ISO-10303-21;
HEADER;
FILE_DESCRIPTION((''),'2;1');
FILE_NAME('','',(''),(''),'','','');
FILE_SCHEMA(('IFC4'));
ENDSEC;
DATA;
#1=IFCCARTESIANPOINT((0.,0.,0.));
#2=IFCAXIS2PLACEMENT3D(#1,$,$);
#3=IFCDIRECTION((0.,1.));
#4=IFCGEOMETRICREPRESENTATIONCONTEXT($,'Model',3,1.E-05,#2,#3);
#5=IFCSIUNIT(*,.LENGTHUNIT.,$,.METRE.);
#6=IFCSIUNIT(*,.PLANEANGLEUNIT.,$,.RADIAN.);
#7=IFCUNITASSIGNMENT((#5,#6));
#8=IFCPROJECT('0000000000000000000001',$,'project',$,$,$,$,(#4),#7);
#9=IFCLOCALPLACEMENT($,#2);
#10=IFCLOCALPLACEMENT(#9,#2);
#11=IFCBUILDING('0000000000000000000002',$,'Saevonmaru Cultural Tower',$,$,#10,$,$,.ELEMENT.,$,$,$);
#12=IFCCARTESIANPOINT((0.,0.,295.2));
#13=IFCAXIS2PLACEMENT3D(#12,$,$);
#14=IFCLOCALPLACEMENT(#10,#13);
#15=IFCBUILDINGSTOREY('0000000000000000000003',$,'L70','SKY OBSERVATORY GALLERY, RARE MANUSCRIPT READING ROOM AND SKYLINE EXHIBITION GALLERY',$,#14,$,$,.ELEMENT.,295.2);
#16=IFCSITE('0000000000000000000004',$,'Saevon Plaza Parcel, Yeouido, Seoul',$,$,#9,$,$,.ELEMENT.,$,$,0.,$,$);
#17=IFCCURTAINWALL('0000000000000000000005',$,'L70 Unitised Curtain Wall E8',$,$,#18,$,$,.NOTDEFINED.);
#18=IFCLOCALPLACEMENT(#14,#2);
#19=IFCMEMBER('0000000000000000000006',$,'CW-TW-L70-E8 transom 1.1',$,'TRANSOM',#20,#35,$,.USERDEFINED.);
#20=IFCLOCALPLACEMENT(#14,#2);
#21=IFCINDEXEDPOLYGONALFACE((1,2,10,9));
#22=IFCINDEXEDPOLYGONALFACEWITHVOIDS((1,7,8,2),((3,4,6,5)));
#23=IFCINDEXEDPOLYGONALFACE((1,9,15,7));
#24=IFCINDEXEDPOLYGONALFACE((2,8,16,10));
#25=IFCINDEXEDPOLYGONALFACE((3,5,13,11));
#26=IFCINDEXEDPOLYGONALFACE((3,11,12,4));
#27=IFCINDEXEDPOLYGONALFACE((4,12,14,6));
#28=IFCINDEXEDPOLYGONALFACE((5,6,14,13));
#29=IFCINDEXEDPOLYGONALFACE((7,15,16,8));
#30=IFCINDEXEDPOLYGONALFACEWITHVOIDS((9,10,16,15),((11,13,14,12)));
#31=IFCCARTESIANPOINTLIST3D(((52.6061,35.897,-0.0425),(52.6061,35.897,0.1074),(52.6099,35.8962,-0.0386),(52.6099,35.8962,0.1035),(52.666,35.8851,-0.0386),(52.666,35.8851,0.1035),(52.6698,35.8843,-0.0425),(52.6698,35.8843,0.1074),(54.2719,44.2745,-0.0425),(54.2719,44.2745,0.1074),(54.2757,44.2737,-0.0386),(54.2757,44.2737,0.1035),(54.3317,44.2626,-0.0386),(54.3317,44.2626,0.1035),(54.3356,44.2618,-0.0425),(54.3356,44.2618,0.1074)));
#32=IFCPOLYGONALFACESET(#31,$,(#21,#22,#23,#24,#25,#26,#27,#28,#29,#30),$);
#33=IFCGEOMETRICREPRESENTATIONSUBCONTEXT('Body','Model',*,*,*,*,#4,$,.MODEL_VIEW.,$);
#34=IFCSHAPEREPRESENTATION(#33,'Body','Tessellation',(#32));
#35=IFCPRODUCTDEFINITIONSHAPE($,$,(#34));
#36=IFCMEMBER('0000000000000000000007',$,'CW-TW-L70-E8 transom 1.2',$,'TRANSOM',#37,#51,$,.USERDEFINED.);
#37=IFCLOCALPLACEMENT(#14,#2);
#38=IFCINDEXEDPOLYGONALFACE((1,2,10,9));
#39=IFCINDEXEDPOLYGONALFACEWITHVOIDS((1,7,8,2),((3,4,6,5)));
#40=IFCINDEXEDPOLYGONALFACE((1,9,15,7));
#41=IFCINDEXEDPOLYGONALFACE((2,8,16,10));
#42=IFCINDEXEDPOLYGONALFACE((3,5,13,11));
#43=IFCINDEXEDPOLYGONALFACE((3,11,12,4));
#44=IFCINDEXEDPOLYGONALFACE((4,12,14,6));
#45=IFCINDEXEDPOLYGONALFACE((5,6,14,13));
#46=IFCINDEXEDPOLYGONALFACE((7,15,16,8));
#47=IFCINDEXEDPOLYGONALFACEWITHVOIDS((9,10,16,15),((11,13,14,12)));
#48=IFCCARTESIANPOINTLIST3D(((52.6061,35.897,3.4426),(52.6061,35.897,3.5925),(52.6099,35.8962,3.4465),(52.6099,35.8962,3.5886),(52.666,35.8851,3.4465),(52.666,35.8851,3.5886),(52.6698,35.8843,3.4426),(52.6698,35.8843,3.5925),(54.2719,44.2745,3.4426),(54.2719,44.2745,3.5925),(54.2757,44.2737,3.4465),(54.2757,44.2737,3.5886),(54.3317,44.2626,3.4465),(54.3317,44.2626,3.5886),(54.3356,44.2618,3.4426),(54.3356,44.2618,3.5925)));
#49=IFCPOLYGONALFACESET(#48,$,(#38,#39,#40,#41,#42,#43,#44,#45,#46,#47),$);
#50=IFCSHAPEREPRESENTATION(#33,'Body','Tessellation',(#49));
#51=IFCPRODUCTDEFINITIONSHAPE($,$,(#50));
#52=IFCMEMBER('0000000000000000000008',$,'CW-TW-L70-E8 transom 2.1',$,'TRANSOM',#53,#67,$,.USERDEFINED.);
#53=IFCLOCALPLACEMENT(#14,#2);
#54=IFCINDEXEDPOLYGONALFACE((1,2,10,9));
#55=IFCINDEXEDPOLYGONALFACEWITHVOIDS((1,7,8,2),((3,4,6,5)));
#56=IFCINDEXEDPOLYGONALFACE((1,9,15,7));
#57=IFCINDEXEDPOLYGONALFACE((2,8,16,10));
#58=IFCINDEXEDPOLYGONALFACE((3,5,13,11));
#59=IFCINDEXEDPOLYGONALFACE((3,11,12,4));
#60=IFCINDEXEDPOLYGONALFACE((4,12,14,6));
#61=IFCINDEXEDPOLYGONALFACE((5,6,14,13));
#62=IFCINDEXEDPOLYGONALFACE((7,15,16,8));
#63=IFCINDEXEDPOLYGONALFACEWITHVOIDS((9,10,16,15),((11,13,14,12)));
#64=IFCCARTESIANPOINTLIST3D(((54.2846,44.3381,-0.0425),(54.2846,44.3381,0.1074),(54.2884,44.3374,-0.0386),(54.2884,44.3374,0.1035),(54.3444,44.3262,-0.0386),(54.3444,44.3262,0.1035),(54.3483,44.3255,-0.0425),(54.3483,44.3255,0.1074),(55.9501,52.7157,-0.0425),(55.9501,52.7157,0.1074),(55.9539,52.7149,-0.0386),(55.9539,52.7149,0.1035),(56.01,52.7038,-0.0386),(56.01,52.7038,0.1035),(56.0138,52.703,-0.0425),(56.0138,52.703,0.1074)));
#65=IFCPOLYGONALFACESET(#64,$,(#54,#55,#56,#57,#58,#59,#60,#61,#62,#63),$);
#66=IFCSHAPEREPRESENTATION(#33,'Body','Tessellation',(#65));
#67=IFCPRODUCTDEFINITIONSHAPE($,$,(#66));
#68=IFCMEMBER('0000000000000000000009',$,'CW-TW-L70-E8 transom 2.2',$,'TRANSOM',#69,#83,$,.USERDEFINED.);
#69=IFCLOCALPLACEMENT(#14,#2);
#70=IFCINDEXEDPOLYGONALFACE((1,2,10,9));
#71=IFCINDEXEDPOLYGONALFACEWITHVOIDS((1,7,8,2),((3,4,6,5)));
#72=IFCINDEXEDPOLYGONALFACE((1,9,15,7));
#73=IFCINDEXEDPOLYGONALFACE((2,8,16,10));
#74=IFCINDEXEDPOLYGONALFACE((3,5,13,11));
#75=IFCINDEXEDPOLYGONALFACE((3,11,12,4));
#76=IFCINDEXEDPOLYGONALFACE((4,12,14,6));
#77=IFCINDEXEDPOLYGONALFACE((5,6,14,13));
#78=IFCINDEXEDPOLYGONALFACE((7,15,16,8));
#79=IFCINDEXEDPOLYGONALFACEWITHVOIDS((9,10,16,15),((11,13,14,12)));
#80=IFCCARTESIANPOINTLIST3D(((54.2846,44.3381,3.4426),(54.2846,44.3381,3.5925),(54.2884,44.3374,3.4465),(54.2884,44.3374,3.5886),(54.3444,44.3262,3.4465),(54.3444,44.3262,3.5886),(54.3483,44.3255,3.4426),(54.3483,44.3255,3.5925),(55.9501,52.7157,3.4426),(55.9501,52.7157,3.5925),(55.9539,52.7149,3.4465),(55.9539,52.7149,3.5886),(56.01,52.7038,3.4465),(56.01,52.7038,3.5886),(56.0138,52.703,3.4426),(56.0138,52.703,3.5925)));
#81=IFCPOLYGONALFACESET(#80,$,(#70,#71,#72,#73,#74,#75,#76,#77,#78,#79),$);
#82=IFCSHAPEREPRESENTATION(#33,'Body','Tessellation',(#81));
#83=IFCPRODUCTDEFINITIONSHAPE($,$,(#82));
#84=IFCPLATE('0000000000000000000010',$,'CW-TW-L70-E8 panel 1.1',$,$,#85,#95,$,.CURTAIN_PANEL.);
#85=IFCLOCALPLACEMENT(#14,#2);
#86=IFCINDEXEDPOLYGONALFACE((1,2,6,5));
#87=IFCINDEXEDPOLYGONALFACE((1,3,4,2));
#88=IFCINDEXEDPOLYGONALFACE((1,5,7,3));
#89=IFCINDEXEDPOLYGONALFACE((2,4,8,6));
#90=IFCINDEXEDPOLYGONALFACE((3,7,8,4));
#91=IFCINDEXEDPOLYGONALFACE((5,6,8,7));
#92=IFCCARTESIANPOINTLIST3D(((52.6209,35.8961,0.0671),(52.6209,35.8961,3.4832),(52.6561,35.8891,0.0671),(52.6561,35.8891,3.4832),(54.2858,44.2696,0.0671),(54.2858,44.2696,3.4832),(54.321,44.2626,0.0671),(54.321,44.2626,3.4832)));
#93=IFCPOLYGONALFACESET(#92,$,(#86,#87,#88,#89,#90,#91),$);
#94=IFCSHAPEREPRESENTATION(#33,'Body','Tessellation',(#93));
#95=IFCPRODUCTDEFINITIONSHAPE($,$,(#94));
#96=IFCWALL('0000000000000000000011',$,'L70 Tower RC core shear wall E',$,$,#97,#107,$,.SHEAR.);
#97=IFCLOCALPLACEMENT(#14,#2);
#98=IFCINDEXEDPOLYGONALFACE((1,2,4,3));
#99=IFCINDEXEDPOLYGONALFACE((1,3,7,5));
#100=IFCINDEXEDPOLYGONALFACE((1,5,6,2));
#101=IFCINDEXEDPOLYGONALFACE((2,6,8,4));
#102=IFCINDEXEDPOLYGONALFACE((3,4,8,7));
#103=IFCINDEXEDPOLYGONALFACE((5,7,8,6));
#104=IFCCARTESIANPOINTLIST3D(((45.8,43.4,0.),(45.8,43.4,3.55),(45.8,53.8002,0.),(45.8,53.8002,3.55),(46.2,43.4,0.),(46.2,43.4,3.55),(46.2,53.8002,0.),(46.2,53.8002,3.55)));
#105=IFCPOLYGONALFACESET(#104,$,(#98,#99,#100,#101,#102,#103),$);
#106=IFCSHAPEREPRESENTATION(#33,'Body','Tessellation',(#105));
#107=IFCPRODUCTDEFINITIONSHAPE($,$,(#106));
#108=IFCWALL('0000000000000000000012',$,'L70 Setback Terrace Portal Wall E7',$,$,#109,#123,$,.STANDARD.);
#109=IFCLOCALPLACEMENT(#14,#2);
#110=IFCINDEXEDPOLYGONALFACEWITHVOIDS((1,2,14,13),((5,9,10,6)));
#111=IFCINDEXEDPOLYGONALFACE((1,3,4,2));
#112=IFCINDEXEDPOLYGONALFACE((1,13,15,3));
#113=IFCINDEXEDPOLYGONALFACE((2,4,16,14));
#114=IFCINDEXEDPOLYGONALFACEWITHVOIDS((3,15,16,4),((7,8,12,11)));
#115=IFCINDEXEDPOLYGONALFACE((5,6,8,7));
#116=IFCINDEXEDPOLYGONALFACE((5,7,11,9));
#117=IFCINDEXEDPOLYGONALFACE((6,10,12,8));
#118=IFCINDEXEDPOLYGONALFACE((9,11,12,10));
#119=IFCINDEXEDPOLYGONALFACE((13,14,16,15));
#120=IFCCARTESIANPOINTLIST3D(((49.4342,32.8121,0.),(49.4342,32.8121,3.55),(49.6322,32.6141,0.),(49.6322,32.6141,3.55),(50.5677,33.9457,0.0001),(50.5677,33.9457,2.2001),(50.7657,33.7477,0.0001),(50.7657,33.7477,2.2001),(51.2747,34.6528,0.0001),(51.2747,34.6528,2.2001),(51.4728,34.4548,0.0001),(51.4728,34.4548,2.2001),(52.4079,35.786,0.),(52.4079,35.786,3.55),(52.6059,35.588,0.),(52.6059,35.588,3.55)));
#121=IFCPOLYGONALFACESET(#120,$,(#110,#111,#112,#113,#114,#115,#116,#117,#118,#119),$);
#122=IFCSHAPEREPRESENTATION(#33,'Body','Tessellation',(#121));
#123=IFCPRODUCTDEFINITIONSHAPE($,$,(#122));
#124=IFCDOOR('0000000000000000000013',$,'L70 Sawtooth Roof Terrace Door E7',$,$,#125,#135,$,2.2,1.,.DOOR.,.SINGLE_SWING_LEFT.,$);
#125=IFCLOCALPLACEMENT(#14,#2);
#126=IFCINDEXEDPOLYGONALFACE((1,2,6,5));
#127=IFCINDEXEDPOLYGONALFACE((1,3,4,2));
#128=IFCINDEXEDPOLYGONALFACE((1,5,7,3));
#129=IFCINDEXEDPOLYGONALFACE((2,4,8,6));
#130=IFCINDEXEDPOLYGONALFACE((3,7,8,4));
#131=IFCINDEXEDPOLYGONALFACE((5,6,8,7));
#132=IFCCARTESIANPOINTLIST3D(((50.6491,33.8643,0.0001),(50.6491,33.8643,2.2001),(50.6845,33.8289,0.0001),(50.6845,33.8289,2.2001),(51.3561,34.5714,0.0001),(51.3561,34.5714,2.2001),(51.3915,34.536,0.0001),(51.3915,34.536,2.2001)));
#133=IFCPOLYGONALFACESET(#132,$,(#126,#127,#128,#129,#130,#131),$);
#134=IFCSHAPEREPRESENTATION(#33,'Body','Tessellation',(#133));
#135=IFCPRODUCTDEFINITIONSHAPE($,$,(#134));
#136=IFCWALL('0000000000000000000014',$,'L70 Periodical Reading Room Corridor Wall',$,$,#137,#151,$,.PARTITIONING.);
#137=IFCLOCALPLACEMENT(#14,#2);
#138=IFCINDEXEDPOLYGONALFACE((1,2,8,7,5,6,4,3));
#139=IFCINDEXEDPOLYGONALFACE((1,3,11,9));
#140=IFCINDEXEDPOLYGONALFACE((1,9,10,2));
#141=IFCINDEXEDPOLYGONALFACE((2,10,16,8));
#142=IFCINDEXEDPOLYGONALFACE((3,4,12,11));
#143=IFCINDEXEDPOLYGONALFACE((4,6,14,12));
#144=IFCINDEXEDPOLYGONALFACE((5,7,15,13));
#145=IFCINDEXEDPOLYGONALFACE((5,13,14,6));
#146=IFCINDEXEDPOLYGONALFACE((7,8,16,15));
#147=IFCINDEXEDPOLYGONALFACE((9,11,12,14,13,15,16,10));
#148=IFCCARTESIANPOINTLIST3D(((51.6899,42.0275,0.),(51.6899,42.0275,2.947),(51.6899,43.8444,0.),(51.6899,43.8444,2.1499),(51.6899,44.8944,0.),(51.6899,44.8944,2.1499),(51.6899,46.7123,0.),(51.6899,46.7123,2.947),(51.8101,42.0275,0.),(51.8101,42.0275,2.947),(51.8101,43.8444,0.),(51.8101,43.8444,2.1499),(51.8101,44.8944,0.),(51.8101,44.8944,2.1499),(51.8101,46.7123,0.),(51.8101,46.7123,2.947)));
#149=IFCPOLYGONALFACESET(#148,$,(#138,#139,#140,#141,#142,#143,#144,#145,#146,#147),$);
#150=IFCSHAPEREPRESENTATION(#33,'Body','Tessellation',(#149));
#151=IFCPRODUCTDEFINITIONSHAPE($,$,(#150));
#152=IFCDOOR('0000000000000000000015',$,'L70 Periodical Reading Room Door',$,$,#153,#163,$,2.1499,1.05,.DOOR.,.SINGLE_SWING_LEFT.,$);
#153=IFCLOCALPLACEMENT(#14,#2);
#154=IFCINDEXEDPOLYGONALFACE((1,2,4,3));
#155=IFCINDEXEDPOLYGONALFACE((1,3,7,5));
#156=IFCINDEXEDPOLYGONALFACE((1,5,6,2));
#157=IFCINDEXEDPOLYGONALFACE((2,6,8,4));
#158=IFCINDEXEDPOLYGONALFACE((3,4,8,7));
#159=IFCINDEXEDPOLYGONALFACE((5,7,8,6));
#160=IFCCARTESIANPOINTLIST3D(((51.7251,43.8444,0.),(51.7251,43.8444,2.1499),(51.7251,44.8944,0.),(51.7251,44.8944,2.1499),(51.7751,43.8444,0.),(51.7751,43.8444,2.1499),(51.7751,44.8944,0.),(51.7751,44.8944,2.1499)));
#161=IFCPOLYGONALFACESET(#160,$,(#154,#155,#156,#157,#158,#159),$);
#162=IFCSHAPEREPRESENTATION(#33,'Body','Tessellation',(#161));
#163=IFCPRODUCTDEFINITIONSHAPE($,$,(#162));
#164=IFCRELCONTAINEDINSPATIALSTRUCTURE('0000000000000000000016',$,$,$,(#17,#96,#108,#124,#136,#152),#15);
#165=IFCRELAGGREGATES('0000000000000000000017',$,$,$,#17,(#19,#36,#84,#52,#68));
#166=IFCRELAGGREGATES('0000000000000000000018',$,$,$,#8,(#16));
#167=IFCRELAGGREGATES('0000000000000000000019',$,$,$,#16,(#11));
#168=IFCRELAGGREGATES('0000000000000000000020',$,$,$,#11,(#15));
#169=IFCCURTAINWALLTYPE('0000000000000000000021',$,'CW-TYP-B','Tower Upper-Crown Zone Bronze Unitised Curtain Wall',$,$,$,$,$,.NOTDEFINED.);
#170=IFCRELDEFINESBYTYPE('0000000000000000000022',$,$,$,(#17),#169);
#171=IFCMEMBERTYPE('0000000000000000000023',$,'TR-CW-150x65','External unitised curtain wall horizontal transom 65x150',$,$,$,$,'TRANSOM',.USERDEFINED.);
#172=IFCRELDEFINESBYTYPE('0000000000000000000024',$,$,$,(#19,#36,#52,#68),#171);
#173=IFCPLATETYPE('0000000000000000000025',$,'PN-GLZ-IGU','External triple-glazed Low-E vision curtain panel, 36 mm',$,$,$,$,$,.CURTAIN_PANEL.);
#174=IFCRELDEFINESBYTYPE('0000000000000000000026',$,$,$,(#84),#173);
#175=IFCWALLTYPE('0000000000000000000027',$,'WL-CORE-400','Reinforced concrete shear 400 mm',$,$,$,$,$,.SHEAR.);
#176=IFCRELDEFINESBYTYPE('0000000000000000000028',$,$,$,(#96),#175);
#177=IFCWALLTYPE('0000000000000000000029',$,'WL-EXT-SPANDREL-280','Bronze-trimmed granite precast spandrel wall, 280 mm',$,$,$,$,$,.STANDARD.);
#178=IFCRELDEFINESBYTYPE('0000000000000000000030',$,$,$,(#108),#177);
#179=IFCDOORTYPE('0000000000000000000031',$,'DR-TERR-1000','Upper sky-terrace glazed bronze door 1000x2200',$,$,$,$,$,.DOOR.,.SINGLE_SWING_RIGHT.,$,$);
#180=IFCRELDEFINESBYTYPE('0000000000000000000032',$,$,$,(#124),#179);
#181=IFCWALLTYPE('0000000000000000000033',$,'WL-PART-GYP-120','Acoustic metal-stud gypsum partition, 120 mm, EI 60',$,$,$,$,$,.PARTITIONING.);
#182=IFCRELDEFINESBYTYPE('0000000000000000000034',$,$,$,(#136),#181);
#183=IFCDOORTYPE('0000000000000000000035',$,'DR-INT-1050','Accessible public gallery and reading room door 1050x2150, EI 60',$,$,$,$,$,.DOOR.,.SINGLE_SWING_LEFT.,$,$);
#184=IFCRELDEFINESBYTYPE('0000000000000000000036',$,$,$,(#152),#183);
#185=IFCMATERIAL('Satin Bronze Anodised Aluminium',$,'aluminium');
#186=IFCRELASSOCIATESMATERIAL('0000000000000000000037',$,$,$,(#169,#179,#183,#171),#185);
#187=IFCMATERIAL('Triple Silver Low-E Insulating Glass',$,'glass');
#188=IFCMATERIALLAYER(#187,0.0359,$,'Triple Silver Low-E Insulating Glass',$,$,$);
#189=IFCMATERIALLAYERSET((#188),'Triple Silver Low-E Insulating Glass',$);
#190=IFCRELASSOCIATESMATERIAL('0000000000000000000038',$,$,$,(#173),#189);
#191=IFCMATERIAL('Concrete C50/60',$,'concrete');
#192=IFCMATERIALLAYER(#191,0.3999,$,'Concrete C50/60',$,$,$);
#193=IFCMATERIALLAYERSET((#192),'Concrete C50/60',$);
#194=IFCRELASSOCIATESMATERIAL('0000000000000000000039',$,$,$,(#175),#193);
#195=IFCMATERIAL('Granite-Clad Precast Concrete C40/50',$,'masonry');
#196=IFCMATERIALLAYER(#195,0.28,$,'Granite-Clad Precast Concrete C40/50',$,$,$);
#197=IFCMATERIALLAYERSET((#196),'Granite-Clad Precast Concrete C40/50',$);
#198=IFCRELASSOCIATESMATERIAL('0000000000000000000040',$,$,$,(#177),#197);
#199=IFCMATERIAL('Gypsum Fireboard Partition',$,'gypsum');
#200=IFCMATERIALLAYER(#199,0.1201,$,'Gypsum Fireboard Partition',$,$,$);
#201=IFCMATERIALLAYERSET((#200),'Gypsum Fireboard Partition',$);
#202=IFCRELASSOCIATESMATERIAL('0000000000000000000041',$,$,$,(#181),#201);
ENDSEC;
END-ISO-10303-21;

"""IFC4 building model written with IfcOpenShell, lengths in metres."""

from ifc_helpers import new_model, si_unit, direction, frame, frame_2d, origin, origin_2d, place, context, subcontext, project, spatial, rectangle, hollow_rectangle, extrude, material, layer, layer_set, material_profile, profile_set, type_object, element, fill, aggregate, save


model = new_model("IFC4")

# Units and contexts
model_context = context("Model", 3, precision=1e-05, world=origin(), true_north=direction((0.0, 1.0)))
body_context = subcontext(model_context, "Body", "Model", "MODEL_VIEW")
ifc_project = project(units=[si_unit("LENGTHUNIT", "METRE"), si_unit("PLANEANGLEUNIT", "RADIAN")], contexts=[model_context])

# Site, building, storey
site_placement = place(None, origin())
site = spatial("IfcSite", under=ifc_project, at=site_placement, Name="Saevon Plaza Parcel, Yeouido, Seoul", CompositionType="ELEMENT", RefElevation=0.0)
building_placement = place(site_placement, origin())
building = spatial("IfcBuilding", under=site, at=building_placement, Name="Saevonmaru Cultural Tower", CompositionType="ELEMENT")
storey_placement = place(building_placement, frame((0.0, 0.0, 295.2)))
storey = spatial("IfcBuildingStorey", under=building, at=storey_placement, Name="L70", Description="SKY OBSERVATORY GALLERY, RARE MANUSCRIPT READING ROOM AND SKYLINE EXHIBITION GALLERY", CompositionType="ELEMENT", Elevation=295.2)

# Curtain wall, members, plate
ifc_material_1 = material(Name="Satin Bronze Anodised Aluminium", Category="aluminium")
curtain_wall_type = type_object("IfcCurtainWallType", Name="CW-TYP-B", Description="Tower Upper-Crown Zone Bronze Unitised Curtain Wall", PredefinedType="NOTDEFINED", material=ifc_material_1)
curtain_wall_placement = place(storey_placement, origin())
curtain_wall = element("IfcCurtainWall", 1, at=curtain_wall_placement, inside=storey, type_object=curtain_wall_type, Name="L70 Unitised Curtain Wall E8", PredefinedType="NOTDEFINED")
ifc_material_profile_1 = material_profile(ifc_material_1, hollow_rectangle(XDim=0.0649, YDim=0.1499, WallThickness=0.0039, at=origin_2d()), Name="ALU-TRAN-150x65x4")
ifc_profile_set_1 = profile_set([ifc_material_profile_1], Name="Satin Bronze Anodised Aluminium")
member_type_1 = type_object("IfcMemberType", Name="TR-CW-150x65", Description="External unitised curtain wall horizontal transom 65x150", ElementType="TRANSOM", PredefinedType="USERDEFINED", material=ifc_profile_set_1)
member_1_placement = place(storey_placement, frame((52.6379, 35.8906, 0.0325), z_axis=(0.195022, 0.980799, 0.0), x_axis=(-0.980799, 0.195022, 0.0)))
member_1 = element("IfcMember", 2, at=member_1_placement, type_object=member_type_1, Name="CW-TW-L70-E8 transom 1.1", ObjectType="TRANSOM", PredefinedType="USERDEFINED", context=body_context, shape_type="SweptSolid", body=[
    extrude(hollow_rectangle(XDim=0.0649, YDim=0.1499, WallThickness=0.0039, at=origin_2d()), origin(), (0.0, 0.0, 1.0), 8.5415),
])
member_2_placement = place(storey_placement, frame((52.6379, 35.8906, 3.5176), z_axis=(0.195022, 0.980799, 0.0), x_axis=(-0.980799, 0.195022, 0.0)))
member_2 = element("IfcMember", 3, at=member_2_placement, type_object=member_type_1, Name="CW-TW-L70-E8 transom 1.2", ObjectType="TRANSOM", PredefinedType="USERDEFINED", context=body_context, shape_type="SweptSolid", body=[
    extrude(hollow_rectangle(XDim=0.0649, YDim=0.1499, WallThickness=0.0039, at=origin_2d()), origin(), (0.0, 0.0, 1.0), 8.5415),
])
member_3_placement = place(storey_placement, frame((54.3164, 44.3318, 0.0325), z_axis=(0.194995, 0.980804, 0.0), x_axis=(-0.980804, 0.194995, 0.0)))
member_3 = element("IfcMember", 4, at=member_3_placement, type_object=member_type_1, Name="CW-TW-L70-E8 transom 2.1", ObjectType="TRANSOM", PredefinedType="USERDEFINED", context=body_context, shape_type="SweptSolid", body=[
    extrude(hollow_rectangle(XDim=0.0649, YDim=0.1499, WallThickness=0.0039, at=origin_2d()), origin(), (0.0, 0.0, 1.0), 8.5415),
])
member_4_placement = place(storey_placement, frame((54.3164, 44.3318, 3.5176), z_axis=(0.194995, 0.980804, 0.0), x_axis=(-0.980804, 0.194995, 0.0)))
member_4 = element("IfcMember", 5, at=member_4_placement, type_object=member_type_1, Name="CW-TW-L70-E8 transom 2.2", ObjectType="TRANSOM", PredefinedType="USERDEFINED", context=body_context, shape_type="SweptSolid", body=[
    extrude(hollow_rectangle(XDim=0.0649, YDim=0.1499, WallThickness=0.0039, at=origin_2d()), origin(), (0.0, 0.0, 1.0), 8.5415),
])
ifc_material_2 = material(Name="Triple Silver Low-E Insulating Glass", Category="glass")
ifc_layer_1 = layer(ifc_material_2, 0.0359, Name="Triple Silver Low-E Insulating Glass")
ifc_layer_set_1 = layer_set([ifc_layer_1], Name="Triple Silver Low-E Insulating Glass")
plate_type = type_object("IfcPlateType", Name="PN-GLZ-IGU", Description="External triple-glazed Low-E vision curtain panel, 36 mm", PredefinedType="CURTAIN_PANEL", material=ifc_layer_set_1)
plate_placement = place(storey_placement, frame((53.4709, 40.0793, 0.0671), z_axis=(0.0, 0.0, 1.0), x_axis=(0.195005, 0.980802, 0.0)))
plate = element("IfcPlate", 6, at=plate_placement, type_object=plate_type, Name="CW-TW-L70-E8 panel 1.1", PredefinedType="CURTAIN_PANEL", context=body_context, shape_type="SweptSolid", body=[
    extrude(rectangle(XDim=8.5374, YDim=0.0359, at=origin_2d()), origin(), (0.0, 0.0, 1.0), 3.416),
])
aggregate(curtain_wall, [member_1, member_2, plate, member_3, member_4])

# Wall
ifc_material_3 = material(Name="Concrete C50/60", Category="concrete")
ifc_layer_2 = layer(ifc_material_3, 0.3999, Name="Concrete C50/60")
ifc_layer_set_2 = layer_set([ifc_layer_2], Name="Concrete C50/60")
wall_type_1 = type_object("IfcWallType", Name="WL-CORE-400", Description="Reinforced concrete shear 400 mm", PredefinedType="SHEAR", material=ifc_layer_set_2)
wall_1_placement = place(storey_placement, frame((46.0, 43.3999, 0.0), z_axis=(0.0, 0.0, 1.0), x_axis=(0.0, 1.0, 0.0)))
element("IfcWall", 7, at=wall_1_placement, inside=storey, type_object=wall_type_1, Name="L70 Tower RC core shear wall E", PredefinedType="SHEAR", context=body_context, shape_type="SweptSolid", body=[
    extrude(rectangle(XDim=10.4001, YDim=0.3999, at=frame_2d((5.2002, 0.0))), origin(), (0.0, 0.0, 1.0), 3.55),
])

# Walls, openings, doors
ifc_material_4 = material(Name="Granite-Clad Precast Concrete C40/50", Category="masonry")
ifc_layer_3 = layer(ifc_material_4, 0.28, Name="Granite-Clad Precast Concrete C40/50")
ifc_layer_set_3 = layer_set([ifc_layer_3], Name="Granite-Clad Precast Concrete C40/50")
wall_type_2 = type_object("IfcWallType", Name="WL-EXT-SPANDREL-280", Description="Bronze-trimmed granite precast spandrel wall, 280 mm", PredefinedType="STANDARD", material=ifc_layer_set_3)
wall_2_placement = place(storey_placement, frame((49.5332, 32.7131, 0.0), z_axis=(0.0, 0.0, 1.0), x_axis=(0.707078, 0.707136, 0.0)))
wall_2 = element("IfcWall", 8, at=wall_2_placement, inside=storey, type_object=wall_type_2, Name="L70 Setback Terrace Portal Wall E7", PredefinedType="STANDARD", context=body_context, shape_type="SweptSolid", body=[
    extrude(rectangle(XDim=4.2056, YDim=0.28, at=frame_2d((2.1028, 0.0))), origin(), (0.0, 0.0, 1.0), 3.55),
])
opening_1_placement = place(wall_2_placement, frame((1.603, 0.0, 0.0)))
opening_1 = element("IfcOpeningElement", 9, at=opening_1_placement, cuts=wall_2, PredefinedType="OPENING", context=body_context, shape_type="SweptSolid", body=[
    extrude(rectangle(XDim=1.0, YDim=2.2, at=frame_2d((0.5, 1.1001))), frame((0.0, 0.1499, 0.0), z_axis=(0.0, -1.0, 0.0), x_axis=(1.0, 0.0, 0.0)), (0.0, 0.0, 1.0), 0.3),
])
door_type_1 = type_object("IfcDoorType", Name="DR-TERR-1000", Description="Upper sky-terrace glazed bronze door 1000x2200", OperationType="SINGLE_SWING_RIGHT", PredefinedType="DOOR", material=ifc_material_1)
door_1_placement = place(opening_1_placement, origin())
door_1 = element("IfcDoor", 10, at=door_1_placement, inside=storey, type_object=door_type_1, Name="L70 Sawtooth Roof Terrace Door E7", OperationType="SINGLE_SWING_LEFT", OverallHeight=2.2, OverallWidth=1.0, PredefinedType="DOOR", context=body_context, shape_type="SweptSolid", body=[
    extrude(rectangle(XDim=1.0, YDim=2.2, at=frame_2d((0.5, 1.1001))), frame((0.0, 0.0249, 0.0), z_axis=(0.0, -1.0, 0.0), x_axis=(1.0, 0.0, 0.0)), (0.0, 0.0, 1.0), 0.05),
])
fill(opening_1, door_1)
ifc_material_5 = material(Name="Gypsum Fireboard Partition", Category="gypsum")
ifc_layer_4 = layer(ifc_material_5, 0.1201, Name="Gypsum Fireboard Partition")
ifc_layer_set_4 = layer_set([ifc_layer_4], Name="Gypsum Fireboard Partition")
wall_type_3 = type_object("IfcWallType", Name="WL-PART-GYP-120", Description="Acoustic metal-stud gypsum partition, 120 mm, EI 60", PredefinedType="PARTITIONING", material=ifc_layer_set_4)
wall_3_placement = place(storey_placement, frame((51.75, 42.0276, 0.0), z_axis=(0.0, 0.0, 1.0), x_axis=(0.0, 1.0, 0.0)))
wall_3 = element("IfcWall", 11, at=wall_3_placement, inside=storey, type_object=wall_type_3, Name="L70 Periodical Reading Room Corridor Wall", PredefinedType="PARTITIONING", context=body_context, shape_type="SweptSolid", body=[
    extrude(rectangle(XDim=4.6848, YDim=0.1201, at=frame_2d((2.3423, 0.0))), origin(), (0.0, 0.0, 1.0), 2.947),
])
opening_2_placement = place(wall_3_placement, frame((1.8169, 0.0, 0.0)))
opening_2 = element("IfcOpeningElement", 12, at=opening_2_placement, cuts=wall_3, PredefinedType="OPENING", context=body_context, shape_type="SweptSolid", body=[
    extrude(rectangle(XDim=1.05, YDim=2.1499, at=frame_2d((0.5249, 1.075))), frame((0.0, 0.0701, 0.0), z_axis=(0.0, -1.0, 0.0), x_axis=(1.0, 0.0, 0.0)), (0.0, 0.0, 1.0), 0.1401),
])
door_type_2 = type_object("IfcDoorType", Name="DR-INT-1050", Description="Accessible public gallery and reading room door 1050x2150, EI 60", OperationType="SINGLE_SWING_LEFT", PredefinedType="DOOR", material=ifc_material_1)
door_2_placement = place(opening_2_placement, origin())
door_2 = element("IfcDoor", 13, at=door_2_placement, inside=storey, type_object=door_type_2, Name="L70 Periodical Reading Room Door", OperationType="SINGLE_SWING_LEFT", OverallHeight=2.1499, OverallWidth=1.05, PredefinedType="DOOR", context=body_context, shape_type="SweptSolid", body=[
    extrude(rectangle(XDim=1.05, YDim=2.1499, at=frame_2d((0.5249, 1.075))), frame((0.0, 0.0249, 0.0), z_axis=(0.0, -1.0, 0.0), x_axis=(1.0, 0.0, 0.0)), (0.0, 0.0, 1.0), 0.05),
])
fill(opening_2, door_2)

save(model, "model.ifc")
